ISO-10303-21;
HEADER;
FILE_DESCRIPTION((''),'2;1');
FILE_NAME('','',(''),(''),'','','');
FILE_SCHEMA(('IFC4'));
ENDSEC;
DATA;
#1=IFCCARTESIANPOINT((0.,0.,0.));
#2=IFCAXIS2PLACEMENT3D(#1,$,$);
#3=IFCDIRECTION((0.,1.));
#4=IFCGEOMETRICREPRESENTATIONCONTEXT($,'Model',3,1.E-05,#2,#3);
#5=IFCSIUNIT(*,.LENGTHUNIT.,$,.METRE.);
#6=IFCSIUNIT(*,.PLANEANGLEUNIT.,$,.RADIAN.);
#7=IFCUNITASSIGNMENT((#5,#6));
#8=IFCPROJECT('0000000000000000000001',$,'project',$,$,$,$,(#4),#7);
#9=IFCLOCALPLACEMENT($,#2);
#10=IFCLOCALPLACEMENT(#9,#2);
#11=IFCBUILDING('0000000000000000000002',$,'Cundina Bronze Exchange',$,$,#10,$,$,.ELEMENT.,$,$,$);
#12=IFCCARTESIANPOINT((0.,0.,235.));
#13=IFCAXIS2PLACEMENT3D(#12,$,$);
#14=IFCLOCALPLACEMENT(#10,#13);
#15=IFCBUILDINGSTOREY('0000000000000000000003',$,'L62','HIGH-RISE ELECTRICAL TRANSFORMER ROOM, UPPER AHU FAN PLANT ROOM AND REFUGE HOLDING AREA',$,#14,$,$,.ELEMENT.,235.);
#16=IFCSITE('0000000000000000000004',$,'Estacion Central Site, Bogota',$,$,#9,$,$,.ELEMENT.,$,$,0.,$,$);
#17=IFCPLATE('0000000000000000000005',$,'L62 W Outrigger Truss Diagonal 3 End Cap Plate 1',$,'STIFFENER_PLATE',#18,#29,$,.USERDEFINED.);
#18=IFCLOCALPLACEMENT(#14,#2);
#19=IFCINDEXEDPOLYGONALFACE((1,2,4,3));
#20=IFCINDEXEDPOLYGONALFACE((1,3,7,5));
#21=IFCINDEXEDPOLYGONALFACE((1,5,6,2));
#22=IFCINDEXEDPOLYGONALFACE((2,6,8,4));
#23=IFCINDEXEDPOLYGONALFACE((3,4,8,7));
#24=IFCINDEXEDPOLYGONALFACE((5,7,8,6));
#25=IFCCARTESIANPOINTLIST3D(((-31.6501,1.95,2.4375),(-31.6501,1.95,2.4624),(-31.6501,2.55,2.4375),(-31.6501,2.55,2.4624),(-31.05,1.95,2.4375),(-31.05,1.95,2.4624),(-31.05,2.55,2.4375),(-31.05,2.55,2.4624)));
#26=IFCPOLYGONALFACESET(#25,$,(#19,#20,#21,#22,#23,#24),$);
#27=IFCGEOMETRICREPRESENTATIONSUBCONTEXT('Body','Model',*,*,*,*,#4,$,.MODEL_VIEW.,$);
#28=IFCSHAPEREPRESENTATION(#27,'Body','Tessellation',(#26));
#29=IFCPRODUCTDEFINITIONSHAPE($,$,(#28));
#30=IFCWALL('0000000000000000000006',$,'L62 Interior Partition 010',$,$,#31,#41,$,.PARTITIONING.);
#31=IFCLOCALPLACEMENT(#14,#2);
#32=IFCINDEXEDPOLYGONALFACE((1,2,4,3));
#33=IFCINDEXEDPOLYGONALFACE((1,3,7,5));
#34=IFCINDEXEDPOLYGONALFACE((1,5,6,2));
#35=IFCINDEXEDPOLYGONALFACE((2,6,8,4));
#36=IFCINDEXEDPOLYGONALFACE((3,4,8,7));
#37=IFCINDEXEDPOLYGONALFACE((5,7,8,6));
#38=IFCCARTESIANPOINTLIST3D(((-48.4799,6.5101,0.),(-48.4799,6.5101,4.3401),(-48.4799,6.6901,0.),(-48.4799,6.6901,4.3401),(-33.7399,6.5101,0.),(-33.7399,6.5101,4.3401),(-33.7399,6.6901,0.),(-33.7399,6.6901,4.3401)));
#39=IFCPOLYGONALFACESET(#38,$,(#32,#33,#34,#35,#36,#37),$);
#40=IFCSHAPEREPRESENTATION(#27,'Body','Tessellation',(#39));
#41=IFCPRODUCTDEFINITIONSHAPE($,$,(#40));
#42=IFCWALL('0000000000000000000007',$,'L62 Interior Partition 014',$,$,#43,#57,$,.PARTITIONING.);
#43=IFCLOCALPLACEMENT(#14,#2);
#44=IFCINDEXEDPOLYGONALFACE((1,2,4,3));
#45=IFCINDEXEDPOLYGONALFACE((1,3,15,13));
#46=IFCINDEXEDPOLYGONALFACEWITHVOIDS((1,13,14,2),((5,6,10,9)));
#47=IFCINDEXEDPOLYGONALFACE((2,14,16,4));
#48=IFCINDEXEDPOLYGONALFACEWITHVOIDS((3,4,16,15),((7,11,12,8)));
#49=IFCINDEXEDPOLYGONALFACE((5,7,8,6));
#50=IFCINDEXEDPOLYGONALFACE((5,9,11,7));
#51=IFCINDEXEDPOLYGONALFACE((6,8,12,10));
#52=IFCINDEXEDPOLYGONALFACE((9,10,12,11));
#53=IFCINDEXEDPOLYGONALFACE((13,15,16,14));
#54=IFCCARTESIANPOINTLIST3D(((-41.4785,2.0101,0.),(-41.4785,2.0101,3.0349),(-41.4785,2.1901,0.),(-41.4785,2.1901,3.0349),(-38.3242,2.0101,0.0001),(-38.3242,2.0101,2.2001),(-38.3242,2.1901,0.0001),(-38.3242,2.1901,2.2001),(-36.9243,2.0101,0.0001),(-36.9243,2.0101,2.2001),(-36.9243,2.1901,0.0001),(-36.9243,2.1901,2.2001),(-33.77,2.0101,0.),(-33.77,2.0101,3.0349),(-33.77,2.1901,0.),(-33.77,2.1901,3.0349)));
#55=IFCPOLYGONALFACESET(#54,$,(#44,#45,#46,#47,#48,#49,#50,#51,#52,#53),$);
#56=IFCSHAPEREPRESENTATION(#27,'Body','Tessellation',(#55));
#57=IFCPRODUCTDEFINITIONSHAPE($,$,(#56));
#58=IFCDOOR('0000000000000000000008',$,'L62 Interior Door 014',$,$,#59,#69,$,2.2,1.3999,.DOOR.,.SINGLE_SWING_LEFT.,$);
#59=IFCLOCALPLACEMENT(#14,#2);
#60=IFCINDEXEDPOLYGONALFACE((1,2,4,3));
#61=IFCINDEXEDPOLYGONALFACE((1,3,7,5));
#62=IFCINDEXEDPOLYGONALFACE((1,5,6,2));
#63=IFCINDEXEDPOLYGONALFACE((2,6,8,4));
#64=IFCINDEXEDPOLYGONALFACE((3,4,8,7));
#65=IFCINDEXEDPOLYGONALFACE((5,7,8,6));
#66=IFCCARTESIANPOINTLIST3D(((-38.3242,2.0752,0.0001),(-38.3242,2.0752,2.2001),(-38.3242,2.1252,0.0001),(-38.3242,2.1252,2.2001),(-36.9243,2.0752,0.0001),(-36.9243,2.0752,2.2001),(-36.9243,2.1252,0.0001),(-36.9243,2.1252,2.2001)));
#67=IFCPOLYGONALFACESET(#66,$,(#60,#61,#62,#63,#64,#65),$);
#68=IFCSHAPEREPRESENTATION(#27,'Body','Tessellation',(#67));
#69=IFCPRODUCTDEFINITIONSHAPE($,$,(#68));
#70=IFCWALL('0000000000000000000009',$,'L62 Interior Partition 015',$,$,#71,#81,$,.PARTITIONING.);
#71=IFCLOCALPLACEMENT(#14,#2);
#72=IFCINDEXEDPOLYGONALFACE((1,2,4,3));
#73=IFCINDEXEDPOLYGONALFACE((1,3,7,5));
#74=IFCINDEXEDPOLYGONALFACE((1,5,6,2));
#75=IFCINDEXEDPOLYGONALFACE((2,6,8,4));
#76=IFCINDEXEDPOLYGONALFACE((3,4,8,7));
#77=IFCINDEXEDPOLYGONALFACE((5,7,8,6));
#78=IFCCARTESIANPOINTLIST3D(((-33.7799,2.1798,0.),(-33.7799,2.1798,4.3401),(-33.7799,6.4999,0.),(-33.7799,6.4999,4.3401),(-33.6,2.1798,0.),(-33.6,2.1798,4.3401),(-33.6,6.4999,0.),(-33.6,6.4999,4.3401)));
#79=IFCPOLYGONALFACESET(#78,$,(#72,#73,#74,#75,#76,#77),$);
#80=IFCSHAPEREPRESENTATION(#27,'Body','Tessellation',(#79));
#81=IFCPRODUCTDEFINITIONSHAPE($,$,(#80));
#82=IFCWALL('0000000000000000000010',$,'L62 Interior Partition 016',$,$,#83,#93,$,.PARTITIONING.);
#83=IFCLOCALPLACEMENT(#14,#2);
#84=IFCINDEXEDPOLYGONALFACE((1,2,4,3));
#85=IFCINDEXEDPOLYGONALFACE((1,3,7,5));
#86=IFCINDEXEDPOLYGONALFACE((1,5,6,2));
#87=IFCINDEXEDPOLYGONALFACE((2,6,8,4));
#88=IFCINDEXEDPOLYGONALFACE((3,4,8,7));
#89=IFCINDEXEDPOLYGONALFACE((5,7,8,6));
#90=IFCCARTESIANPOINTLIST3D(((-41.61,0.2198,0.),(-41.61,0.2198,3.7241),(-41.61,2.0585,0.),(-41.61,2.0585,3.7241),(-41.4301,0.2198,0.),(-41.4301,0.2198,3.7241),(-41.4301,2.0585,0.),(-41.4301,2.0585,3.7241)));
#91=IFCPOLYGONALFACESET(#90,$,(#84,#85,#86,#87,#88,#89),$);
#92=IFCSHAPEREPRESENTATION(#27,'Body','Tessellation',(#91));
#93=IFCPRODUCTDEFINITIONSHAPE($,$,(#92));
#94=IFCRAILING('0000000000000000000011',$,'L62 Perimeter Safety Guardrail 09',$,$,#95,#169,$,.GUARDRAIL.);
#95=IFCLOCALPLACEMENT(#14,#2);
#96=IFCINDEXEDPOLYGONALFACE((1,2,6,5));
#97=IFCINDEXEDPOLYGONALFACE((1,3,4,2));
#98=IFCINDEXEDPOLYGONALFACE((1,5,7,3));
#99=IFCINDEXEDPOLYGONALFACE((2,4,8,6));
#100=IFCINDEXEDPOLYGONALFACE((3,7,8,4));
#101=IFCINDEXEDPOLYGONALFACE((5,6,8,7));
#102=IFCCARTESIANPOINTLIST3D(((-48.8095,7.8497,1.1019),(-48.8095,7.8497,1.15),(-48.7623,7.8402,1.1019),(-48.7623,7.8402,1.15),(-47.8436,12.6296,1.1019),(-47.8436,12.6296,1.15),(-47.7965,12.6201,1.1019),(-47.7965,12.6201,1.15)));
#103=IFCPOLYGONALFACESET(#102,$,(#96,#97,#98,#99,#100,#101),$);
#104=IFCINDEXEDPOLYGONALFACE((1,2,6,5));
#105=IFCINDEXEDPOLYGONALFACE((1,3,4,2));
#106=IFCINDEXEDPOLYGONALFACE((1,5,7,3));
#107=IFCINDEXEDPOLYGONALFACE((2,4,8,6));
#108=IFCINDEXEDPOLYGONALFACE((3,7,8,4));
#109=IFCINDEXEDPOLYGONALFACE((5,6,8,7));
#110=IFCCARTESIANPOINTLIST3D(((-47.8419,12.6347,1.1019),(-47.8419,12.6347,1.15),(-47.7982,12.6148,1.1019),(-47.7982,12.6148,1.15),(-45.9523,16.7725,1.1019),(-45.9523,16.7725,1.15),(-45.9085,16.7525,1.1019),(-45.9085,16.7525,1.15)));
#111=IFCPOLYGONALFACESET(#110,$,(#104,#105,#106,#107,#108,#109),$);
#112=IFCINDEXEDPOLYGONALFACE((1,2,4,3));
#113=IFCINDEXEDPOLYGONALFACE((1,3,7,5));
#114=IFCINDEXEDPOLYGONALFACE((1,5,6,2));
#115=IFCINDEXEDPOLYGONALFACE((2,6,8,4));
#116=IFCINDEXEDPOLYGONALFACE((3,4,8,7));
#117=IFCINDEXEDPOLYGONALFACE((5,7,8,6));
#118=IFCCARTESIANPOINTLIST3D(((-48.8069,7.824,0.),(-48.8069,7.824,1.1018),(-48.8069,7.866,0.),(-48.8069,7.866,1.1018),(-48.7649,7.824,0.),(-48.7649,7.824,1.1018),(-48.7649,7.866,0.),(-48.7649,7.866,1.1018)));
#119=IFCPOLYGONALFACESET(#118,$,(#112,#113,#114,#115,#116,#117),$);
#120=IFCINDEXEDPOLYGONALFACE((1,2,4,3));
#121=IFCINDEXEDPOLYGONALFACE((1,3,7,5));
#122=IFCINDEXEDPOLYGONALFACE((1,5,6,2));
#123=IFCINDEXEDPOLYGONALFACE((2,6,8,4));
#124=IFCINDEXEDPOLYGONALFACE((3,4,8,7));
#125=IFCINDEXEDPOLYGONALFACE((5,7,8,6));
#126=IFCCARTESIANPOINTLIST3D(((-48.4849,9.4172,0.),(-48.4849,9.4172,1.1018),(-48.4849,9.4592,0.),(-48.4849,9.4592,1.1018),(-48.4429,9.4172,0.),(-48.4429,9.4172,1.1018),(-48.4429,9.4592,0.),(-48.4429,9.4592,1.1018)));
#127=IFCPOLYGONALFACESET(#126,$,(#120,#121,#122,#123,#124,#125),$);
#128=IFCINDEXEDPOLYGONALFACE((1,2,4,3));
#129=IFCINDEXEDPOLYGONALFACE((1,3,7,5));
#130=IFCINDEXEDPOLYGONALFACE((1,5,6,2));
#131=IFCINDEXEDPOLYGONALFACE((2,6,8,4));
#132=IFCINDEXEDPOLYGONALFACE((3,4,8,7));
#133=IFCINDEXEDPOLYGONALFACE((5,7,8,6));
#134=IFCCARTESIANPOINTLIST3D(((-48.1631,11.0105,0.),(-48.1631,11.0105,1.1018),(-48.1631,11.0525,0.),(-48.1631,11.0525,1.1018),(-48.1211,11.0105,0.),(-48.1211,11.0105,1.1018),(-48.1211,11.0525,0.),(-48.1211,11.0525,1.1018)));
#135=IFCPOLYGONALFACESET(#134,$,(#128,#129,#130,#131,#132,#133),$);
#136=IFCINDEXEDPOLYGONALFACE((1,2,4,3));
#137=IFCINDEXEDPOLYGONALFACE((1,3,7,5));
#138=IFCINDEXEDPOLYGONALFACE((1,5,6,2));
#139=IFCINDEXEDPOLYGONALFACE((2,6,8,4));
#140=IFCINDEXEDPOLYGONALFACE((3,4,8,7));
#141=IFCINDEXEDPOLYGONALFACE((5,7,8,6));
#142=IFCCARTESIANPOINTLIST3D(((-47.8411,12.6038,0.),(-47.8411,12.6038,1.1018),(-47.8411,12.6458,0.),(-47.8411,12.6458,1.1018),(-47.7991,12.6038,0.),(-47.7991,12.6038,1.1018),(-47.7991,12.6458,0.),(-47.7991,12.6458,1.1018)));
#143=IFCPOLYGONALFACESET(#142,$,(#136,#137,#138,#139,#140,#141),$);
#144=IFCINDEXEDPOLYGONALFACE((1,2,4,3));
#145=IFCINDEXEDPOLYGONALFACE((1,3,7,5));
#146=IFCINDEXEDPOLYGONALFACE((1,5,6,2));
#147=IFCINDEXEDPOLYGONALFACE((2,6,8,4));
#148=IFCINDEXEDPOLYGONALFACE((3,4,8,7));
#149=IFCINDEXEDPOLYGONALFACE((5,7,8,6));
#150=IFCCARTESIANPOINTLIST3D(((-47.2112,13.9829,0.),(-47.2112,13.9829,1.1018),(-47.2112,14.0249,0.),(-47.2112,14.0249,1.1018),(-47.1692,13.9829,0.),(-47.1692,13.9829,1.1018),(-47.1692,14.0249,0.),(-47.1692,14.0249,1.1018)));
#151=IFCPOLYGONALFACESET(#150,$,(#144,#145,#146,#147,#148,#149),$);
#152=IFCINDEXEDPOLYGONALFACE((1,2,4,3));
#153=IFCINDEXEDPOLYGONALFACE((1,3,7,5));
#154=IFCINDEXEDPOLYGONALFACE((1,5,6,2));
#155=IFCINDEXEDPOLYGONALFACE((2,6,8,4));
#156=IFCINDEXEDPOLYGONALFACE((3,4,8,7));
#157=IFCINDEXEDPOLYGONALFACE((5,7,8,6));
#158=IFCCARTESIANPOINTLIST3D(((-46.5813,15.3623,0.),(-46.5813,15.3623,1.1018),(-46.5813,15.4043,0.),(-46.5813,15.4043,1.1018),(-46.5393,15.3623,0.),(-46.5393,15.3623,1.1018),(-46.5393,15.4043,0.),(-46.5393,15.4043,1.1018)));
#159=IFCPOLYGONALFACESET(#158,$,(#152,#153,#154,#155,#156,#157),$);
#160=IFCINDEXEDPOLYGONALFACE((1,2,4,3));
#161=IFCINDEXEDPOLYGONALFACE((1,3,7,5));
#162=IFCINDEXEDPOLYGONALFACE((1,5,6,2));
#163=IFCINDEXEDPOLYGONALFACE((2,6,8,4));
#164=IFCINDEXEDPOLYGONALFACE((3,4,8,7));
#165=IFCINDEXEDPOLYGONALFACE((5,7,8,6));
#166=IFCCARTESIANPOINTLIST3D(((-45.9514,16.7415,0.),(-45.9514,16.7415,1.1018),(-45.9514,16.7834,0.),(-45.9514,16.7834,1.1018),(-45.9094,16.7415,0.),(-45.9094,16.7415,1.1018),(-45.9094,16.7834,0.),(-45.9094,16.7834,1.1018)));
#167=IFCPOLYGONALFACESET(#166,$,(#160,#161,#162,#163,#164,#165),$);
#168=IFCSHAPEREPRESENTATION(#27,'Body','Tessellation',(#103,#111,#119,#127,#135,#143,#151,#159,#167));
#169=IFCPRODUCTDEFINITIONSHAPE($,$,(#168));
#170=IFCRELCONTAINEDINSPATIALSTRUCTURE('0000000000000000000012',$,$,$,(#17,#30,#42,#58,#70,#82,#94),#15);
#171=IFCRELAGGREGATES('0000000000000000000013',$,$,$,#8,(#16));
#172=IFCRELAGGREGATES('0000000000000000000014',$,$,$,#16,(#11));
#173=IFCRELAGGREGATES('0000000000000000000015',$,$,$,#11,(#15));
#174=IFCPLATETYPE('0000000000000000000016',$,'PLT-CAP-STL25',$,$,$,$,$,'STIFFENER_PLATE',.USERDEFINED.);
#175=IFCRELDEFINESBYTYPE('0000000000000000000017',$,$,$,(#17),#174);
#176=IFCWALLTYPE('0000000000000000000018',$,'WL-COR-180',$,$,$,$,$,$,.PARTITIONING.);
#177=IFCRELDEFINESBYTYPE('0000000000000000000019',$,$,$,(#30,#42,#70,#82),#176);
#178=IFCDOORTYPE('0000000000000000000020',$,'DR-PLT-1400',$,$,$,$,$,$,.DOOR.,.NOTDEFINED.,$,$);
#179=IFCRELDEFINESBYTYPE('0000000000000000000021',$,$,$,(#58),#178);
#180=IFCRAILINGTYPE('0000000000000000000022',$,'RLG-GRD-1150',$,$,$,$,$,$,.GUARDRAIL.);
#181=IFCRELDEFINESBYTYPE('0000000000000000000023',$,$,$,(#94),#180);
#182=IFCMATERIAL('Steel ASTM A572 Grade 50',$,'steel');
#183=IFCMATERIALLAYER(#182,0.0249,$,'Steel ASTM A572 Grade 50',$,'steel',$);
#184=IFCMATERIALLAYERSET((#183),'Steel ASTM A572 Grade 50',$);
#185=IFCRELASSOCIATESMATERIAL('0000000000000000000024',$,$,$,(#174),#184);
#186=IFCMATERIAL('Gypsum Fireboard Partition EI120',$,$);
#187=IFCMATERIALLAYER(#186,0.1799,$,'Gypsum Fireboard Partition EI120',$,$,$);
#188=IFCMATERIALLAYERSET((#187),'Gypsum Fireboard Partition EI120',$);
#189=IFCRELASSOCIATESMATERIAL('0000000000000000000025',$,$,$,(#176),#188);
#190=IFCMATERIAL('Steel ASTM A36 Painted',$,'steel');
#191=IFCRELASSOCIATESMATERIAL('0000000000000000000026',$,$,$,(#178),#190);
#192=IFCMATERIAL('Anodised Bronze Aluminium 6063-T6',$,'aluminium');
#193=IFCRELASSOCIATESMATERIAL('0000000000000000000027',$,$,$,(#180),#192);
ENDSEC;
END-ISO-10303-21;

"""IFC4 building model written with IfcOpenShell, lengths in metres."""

from ifc_helpers import new_model, si_unit, direction, frame, frame_2d, origin, origin_2d, place, context, subcontext, project, spatial, rectangle, extrude, material, layer, layer_set, type_object, element, fill, save


model = new_model("IFC4")

# Units and contexts
model_context = context("Model", 3, precision=1e-05, world=origin(), true_north=direction((0.0, 1.0)))
body_context = subcontext(model_context, "Body", "Model", "MODEL_VIEW")
ifc_project = project(units=[si_unit("LENGTHUNIT", "METRE"), si_unit("PLANEANGLEUNIT", "RADIAN")], contexts=[model_context])

# Site, building, storey
site_placement = place(None, origin())
site = spatial("IfcSite", under=ifc_project, at=site_placement, Name="Estacion Central Site, Bogota", CompositionType="ELEMENT", RefElevation=0.0)
building_placement = place(site_placement, origin())
building = spatial("IfcBuilding", under=site, at=building_placement, Name="Cundina Bronze Exchange", CompositionType="ELEMENT")
storey_placement = place(building_placement, frame((0.0, 0.0, 235.0)))
storey = spatial("IfcBuildingStorey", under=building, at=storey_placement, Name="L62", Description="HIGH-RISE ELECTRICAL TRANSFORMER ROOM, UPPER AHU FAN PLANT ROOM AND REFUGE HOLDING AREA", CompositionType="ELEMENT", Elevation=235.0)

# Plate
ifc_material_1 = material(Name="Steel ASTM A572 Grade 50", Category="steel")
ifc_layer_1 = layer(ifc_material_1, 0.0249, Name="Steel ASTM A572 Grade 50", Category="steel")
ifc_layer_set_1 = layer_set([ifc_layer_1], Name="Steel ASTM A572 Grade 50")
plate_type_1 = type_object("IfcPlateType", Name="PLT-CAP-STL25", ElementType="STIFFENER_PLATE", PredefinedType="USERDEFINED", material=ifc_layer_set_1)
for number, where, z_axis, x_axis, name in (
    (1, (-31.3501, 2.25, 2.4375), (0.0, 0.0, 1.0), (1.0, 0.0, 0.0), "L62 W Outrigger Truss Diagonal 3 End Cap Plate 1"),
):
    element("IfcPlate", number, at=place(storey_placement, frame(where, z_axis=z_axis, x_axis=x_axis)), inside=storey, type_object=plate_type_1, Name=name, ObjectType="STIFFENER_PLATE", PredefinedType="USERDEFINED", context=body_context, shape_type="SweptSolid", body=[
        extrude(rectangle(XDim=0.6001, YDim=0.6001, at=origin_2d()), origin(), (0.0, 0.0, 1.0), 0.0249),
    ])

# Wall
ifc_material_2 = material(Name="Gypsum Fireboard Partition EI120")
ifc_layer_2 = layer(ifc_material_2, 0.1799, Name="Gypsum Fireboard Partition EI120")
ifc_layer_set_2 = layer_set([ifc_layer_2], Name="Gypsum Fireboard Partition EI120")
wall_type = type_object("IfcWallType", Name="WL-COR-180", PredefinedType="PARTITIONING", material=ifc_layer_set_2)
wall_1_placement = place(storey_placement, frame((-48.48, 6.6001, 0.0), z_axis=(0.0, 0.0, 1.0), x_axis=(1.0, 0.0, 0.0)))
element("IfcWall", 2, at=wall_1_placement, inside=storey, type_object=wall_type, Name="L62 Interior Partition 010", PredefinedType="PARTITIONING", context=body_context, shape_type="SweptSolid", body=[
    extrude(rectangle(XDim=14.74, YDim=0.1799, at=frame_2d((7.3701, 0.0))), origin(), (0.0, 0.0, 1.0), 4.3401),
])

# Wall, opening, door
wall_2_placement = place(storey_placement, frame((-33.77, 2.1001, 0.0), z_axis=(0.0, 0.0, 1.0), x_axis=(-1.0, 0.0, 0.0)))
wall_2 = element("IfcWall", 3, at=wall_2_placement, inside=storey, type_object=wall_type, Name="L62 Interior Partition 014", PredefinedType="PARTITIONING", context=body_context, shape_type="SweptSolid", body=[
    extrude(rectangle(XDim=7.7085, YDim=0.1799, at=frame_2d((3.8542, 0.0))), origin(), (0.0, 0.0, 1.0), 3.0349),
])
opening_placement = place(wall_2_placement, frame((3.1543, 0.0, 0.0)))
opening = element("IfcOpeningElement", 4, at=opening_placement, cuts=wall_2, PredefinedType="OPENING", context=body_context, shape_type="SweptSolid", body=[
    extrude(rectangle(XDim=1.3999, YDim=2.2, at=frame_2d((0.7, 1.1001))), frame((0.0, 0.0999, 0.0), z_axis=(0.0, -1.0, 0.0), x_axis=(1.0, 0.0, 0.0)), (0.0, 0.0, 1.0), 0.2),
])
ifc_material_3 = material(Name="Steel ASTM A36 Painted", Category="steel")
door_type = type_object("IfcDoorType", Name="DR-PLT-1400", OperationType="NOTDEFINED", PredefinedType="DOOR", material=ifc_material_3)
door_placement = place(opening_placement, origin())
door = element("IfcDoor", 5, at=door_placement, inside=storey, type_object=door_type, Name="L62 Interior Door 014", OperationType="SINGLE_SWING_LEFT", OverallHeight=2.2, OverallWidth=1.3999, PredefinedType="DOOR", context=body_context, shape_type="SweptSolid", body=[
    extrude(rectangle(XDim=1.3999, YDim=2.2, at=frame_2d((0.7, 1.1001))), frame((0.0, 0.0249, 0.0), z_axis=(0.0, -1.0, 0.0), x_axis=(1.0, 0.0, 0.0)), (0.0, 0.0, 1.0), 0.05),
])
fill(opening, door)

# Walls
wall_3_placement = place(storey_placement, frame((-33.6899, 6.5, 0.0), z_axis=(0.0, 0.0, 1.0), x_axis=(0.0, -1.0, 0.0)))
element("IfcWall", 6, at=wall_3_placement, inside=storey, type_object=wall_type, Name="L62 Interior Partition 015", PredefinedType="PARTITIONING", context=body_context, shape_type="SweptSolid", body=[
    extrude(rectangle(XDim=4.3201, YDim=0.1799, at=frame_2d((2.1602, 0.0))), origin(), (0.0, 0.0, 1.0), 4.3401),
])
wall_4_placement = place(storey_placement, frame((-41.52, 2.0586, 0.0), z_axis=(0.0, 0.0, 1.0), x_axis=(0.0, -1.0, 0.0)))
element("IfcWall", 7, at=wall_4_placement, inside=storey, type_object=wall_type, Name="L62 Interior Partition 016", PredefinedType="PARTITIONING", context=body_context, shape_type="SweptSolid", body=[
    extrude(rectangle(XDim=1.8386, YDim=0.1799, at=frame_2d((0.9194, 0.0))), origin(), (0.0, 0.0, 1.0), 3.7241),
])

# Railing
ifc_material_4 = material(Name="Anodised Bronze Aluminium 6063-T6", Category="aluminium")
railing_type = type_object("IfcRailingType", Name="RLG-GRD-1150", PredefinedType="GUARDRAIL", material=ifc_material_4)
railing_placement = place(storey_placement, frame((-48.7859, 7.845, 0.0)))
element("IfcRailing", 8, at=railing_placement, inside=storey, type_object=railing_type, Name="L62 Perimeter Safety Guardrail 09", PredefinedType="GUARDRAIL", context=body_context, shape_type="SweptSolid", body=[
    extrude(rectangle(XDim=0.0481, YDim=0.0481, at=origin_2d()), frame((0.0, 0.0, 1.126), z_axis=(0.198061, 0.98019, 0.0), x_axis=(-0.98019, 0.198061, 0.0)), (0.0, 0.0, 1.0), 4.8765),
    extrude(rectangle(XDim=0.0481, YDim=0.0481, at=origin_2d()), frame((0.9658, 4.7798, 1.126), z_axis=(0.41542, 0.90963, 0.0), x_axis=(-0.90963, 0.41542, 0.0)), (0.0, 0.0, 1.0), 4.5488),
    extrude(rectangle(XDim=0.042, YDim=0.042, at=origin_2d()), origin(), (0.0, 0.0, 1.0), 1.1018),
    extrude(rectangle(XDim=0.042, YDim=0.042, at=origin_2d()), frame((0.322, 1.5933, 0.0)), (0.0, 0.0, 1.0), 1.1018),
    extrude(rectangle(XDim=0.042, YDim=0.042, at=origin_2d()), frame((0.6438, 3.1865, 0.0)), (0.0, 0.0, 1.0), 1.1018),
    extrude(rectangle(XDim=0.042, YDim=0.042, at=origin_2d()), frame((0.9658, 4.7798, 0.0)), (0.0, 0.0, 1.0), 1.1018),
    extrude(rectangle(XDim=0.042, YDim=0.042, at=origin_2d()), frame((1.5957, 6.1589, 0.0)), (0.0, 0.0, 1.0), 1.1018),
    extrude(rectangle(XDim=0.042, YDim=0.042, at=origin_2d()), frame((2.2256, 7.5383, 0.0)), (0.0, 0.0, 1.0), 1.1018),
    extrude(rectangle(XDim=0.042, YDim=0.042, at=origin_2d()), frame((2.8555, 8.9175, 0.0)), (0.0, 0.0, 1.0), 1.1018),
])

save(model, "model.ifc")
